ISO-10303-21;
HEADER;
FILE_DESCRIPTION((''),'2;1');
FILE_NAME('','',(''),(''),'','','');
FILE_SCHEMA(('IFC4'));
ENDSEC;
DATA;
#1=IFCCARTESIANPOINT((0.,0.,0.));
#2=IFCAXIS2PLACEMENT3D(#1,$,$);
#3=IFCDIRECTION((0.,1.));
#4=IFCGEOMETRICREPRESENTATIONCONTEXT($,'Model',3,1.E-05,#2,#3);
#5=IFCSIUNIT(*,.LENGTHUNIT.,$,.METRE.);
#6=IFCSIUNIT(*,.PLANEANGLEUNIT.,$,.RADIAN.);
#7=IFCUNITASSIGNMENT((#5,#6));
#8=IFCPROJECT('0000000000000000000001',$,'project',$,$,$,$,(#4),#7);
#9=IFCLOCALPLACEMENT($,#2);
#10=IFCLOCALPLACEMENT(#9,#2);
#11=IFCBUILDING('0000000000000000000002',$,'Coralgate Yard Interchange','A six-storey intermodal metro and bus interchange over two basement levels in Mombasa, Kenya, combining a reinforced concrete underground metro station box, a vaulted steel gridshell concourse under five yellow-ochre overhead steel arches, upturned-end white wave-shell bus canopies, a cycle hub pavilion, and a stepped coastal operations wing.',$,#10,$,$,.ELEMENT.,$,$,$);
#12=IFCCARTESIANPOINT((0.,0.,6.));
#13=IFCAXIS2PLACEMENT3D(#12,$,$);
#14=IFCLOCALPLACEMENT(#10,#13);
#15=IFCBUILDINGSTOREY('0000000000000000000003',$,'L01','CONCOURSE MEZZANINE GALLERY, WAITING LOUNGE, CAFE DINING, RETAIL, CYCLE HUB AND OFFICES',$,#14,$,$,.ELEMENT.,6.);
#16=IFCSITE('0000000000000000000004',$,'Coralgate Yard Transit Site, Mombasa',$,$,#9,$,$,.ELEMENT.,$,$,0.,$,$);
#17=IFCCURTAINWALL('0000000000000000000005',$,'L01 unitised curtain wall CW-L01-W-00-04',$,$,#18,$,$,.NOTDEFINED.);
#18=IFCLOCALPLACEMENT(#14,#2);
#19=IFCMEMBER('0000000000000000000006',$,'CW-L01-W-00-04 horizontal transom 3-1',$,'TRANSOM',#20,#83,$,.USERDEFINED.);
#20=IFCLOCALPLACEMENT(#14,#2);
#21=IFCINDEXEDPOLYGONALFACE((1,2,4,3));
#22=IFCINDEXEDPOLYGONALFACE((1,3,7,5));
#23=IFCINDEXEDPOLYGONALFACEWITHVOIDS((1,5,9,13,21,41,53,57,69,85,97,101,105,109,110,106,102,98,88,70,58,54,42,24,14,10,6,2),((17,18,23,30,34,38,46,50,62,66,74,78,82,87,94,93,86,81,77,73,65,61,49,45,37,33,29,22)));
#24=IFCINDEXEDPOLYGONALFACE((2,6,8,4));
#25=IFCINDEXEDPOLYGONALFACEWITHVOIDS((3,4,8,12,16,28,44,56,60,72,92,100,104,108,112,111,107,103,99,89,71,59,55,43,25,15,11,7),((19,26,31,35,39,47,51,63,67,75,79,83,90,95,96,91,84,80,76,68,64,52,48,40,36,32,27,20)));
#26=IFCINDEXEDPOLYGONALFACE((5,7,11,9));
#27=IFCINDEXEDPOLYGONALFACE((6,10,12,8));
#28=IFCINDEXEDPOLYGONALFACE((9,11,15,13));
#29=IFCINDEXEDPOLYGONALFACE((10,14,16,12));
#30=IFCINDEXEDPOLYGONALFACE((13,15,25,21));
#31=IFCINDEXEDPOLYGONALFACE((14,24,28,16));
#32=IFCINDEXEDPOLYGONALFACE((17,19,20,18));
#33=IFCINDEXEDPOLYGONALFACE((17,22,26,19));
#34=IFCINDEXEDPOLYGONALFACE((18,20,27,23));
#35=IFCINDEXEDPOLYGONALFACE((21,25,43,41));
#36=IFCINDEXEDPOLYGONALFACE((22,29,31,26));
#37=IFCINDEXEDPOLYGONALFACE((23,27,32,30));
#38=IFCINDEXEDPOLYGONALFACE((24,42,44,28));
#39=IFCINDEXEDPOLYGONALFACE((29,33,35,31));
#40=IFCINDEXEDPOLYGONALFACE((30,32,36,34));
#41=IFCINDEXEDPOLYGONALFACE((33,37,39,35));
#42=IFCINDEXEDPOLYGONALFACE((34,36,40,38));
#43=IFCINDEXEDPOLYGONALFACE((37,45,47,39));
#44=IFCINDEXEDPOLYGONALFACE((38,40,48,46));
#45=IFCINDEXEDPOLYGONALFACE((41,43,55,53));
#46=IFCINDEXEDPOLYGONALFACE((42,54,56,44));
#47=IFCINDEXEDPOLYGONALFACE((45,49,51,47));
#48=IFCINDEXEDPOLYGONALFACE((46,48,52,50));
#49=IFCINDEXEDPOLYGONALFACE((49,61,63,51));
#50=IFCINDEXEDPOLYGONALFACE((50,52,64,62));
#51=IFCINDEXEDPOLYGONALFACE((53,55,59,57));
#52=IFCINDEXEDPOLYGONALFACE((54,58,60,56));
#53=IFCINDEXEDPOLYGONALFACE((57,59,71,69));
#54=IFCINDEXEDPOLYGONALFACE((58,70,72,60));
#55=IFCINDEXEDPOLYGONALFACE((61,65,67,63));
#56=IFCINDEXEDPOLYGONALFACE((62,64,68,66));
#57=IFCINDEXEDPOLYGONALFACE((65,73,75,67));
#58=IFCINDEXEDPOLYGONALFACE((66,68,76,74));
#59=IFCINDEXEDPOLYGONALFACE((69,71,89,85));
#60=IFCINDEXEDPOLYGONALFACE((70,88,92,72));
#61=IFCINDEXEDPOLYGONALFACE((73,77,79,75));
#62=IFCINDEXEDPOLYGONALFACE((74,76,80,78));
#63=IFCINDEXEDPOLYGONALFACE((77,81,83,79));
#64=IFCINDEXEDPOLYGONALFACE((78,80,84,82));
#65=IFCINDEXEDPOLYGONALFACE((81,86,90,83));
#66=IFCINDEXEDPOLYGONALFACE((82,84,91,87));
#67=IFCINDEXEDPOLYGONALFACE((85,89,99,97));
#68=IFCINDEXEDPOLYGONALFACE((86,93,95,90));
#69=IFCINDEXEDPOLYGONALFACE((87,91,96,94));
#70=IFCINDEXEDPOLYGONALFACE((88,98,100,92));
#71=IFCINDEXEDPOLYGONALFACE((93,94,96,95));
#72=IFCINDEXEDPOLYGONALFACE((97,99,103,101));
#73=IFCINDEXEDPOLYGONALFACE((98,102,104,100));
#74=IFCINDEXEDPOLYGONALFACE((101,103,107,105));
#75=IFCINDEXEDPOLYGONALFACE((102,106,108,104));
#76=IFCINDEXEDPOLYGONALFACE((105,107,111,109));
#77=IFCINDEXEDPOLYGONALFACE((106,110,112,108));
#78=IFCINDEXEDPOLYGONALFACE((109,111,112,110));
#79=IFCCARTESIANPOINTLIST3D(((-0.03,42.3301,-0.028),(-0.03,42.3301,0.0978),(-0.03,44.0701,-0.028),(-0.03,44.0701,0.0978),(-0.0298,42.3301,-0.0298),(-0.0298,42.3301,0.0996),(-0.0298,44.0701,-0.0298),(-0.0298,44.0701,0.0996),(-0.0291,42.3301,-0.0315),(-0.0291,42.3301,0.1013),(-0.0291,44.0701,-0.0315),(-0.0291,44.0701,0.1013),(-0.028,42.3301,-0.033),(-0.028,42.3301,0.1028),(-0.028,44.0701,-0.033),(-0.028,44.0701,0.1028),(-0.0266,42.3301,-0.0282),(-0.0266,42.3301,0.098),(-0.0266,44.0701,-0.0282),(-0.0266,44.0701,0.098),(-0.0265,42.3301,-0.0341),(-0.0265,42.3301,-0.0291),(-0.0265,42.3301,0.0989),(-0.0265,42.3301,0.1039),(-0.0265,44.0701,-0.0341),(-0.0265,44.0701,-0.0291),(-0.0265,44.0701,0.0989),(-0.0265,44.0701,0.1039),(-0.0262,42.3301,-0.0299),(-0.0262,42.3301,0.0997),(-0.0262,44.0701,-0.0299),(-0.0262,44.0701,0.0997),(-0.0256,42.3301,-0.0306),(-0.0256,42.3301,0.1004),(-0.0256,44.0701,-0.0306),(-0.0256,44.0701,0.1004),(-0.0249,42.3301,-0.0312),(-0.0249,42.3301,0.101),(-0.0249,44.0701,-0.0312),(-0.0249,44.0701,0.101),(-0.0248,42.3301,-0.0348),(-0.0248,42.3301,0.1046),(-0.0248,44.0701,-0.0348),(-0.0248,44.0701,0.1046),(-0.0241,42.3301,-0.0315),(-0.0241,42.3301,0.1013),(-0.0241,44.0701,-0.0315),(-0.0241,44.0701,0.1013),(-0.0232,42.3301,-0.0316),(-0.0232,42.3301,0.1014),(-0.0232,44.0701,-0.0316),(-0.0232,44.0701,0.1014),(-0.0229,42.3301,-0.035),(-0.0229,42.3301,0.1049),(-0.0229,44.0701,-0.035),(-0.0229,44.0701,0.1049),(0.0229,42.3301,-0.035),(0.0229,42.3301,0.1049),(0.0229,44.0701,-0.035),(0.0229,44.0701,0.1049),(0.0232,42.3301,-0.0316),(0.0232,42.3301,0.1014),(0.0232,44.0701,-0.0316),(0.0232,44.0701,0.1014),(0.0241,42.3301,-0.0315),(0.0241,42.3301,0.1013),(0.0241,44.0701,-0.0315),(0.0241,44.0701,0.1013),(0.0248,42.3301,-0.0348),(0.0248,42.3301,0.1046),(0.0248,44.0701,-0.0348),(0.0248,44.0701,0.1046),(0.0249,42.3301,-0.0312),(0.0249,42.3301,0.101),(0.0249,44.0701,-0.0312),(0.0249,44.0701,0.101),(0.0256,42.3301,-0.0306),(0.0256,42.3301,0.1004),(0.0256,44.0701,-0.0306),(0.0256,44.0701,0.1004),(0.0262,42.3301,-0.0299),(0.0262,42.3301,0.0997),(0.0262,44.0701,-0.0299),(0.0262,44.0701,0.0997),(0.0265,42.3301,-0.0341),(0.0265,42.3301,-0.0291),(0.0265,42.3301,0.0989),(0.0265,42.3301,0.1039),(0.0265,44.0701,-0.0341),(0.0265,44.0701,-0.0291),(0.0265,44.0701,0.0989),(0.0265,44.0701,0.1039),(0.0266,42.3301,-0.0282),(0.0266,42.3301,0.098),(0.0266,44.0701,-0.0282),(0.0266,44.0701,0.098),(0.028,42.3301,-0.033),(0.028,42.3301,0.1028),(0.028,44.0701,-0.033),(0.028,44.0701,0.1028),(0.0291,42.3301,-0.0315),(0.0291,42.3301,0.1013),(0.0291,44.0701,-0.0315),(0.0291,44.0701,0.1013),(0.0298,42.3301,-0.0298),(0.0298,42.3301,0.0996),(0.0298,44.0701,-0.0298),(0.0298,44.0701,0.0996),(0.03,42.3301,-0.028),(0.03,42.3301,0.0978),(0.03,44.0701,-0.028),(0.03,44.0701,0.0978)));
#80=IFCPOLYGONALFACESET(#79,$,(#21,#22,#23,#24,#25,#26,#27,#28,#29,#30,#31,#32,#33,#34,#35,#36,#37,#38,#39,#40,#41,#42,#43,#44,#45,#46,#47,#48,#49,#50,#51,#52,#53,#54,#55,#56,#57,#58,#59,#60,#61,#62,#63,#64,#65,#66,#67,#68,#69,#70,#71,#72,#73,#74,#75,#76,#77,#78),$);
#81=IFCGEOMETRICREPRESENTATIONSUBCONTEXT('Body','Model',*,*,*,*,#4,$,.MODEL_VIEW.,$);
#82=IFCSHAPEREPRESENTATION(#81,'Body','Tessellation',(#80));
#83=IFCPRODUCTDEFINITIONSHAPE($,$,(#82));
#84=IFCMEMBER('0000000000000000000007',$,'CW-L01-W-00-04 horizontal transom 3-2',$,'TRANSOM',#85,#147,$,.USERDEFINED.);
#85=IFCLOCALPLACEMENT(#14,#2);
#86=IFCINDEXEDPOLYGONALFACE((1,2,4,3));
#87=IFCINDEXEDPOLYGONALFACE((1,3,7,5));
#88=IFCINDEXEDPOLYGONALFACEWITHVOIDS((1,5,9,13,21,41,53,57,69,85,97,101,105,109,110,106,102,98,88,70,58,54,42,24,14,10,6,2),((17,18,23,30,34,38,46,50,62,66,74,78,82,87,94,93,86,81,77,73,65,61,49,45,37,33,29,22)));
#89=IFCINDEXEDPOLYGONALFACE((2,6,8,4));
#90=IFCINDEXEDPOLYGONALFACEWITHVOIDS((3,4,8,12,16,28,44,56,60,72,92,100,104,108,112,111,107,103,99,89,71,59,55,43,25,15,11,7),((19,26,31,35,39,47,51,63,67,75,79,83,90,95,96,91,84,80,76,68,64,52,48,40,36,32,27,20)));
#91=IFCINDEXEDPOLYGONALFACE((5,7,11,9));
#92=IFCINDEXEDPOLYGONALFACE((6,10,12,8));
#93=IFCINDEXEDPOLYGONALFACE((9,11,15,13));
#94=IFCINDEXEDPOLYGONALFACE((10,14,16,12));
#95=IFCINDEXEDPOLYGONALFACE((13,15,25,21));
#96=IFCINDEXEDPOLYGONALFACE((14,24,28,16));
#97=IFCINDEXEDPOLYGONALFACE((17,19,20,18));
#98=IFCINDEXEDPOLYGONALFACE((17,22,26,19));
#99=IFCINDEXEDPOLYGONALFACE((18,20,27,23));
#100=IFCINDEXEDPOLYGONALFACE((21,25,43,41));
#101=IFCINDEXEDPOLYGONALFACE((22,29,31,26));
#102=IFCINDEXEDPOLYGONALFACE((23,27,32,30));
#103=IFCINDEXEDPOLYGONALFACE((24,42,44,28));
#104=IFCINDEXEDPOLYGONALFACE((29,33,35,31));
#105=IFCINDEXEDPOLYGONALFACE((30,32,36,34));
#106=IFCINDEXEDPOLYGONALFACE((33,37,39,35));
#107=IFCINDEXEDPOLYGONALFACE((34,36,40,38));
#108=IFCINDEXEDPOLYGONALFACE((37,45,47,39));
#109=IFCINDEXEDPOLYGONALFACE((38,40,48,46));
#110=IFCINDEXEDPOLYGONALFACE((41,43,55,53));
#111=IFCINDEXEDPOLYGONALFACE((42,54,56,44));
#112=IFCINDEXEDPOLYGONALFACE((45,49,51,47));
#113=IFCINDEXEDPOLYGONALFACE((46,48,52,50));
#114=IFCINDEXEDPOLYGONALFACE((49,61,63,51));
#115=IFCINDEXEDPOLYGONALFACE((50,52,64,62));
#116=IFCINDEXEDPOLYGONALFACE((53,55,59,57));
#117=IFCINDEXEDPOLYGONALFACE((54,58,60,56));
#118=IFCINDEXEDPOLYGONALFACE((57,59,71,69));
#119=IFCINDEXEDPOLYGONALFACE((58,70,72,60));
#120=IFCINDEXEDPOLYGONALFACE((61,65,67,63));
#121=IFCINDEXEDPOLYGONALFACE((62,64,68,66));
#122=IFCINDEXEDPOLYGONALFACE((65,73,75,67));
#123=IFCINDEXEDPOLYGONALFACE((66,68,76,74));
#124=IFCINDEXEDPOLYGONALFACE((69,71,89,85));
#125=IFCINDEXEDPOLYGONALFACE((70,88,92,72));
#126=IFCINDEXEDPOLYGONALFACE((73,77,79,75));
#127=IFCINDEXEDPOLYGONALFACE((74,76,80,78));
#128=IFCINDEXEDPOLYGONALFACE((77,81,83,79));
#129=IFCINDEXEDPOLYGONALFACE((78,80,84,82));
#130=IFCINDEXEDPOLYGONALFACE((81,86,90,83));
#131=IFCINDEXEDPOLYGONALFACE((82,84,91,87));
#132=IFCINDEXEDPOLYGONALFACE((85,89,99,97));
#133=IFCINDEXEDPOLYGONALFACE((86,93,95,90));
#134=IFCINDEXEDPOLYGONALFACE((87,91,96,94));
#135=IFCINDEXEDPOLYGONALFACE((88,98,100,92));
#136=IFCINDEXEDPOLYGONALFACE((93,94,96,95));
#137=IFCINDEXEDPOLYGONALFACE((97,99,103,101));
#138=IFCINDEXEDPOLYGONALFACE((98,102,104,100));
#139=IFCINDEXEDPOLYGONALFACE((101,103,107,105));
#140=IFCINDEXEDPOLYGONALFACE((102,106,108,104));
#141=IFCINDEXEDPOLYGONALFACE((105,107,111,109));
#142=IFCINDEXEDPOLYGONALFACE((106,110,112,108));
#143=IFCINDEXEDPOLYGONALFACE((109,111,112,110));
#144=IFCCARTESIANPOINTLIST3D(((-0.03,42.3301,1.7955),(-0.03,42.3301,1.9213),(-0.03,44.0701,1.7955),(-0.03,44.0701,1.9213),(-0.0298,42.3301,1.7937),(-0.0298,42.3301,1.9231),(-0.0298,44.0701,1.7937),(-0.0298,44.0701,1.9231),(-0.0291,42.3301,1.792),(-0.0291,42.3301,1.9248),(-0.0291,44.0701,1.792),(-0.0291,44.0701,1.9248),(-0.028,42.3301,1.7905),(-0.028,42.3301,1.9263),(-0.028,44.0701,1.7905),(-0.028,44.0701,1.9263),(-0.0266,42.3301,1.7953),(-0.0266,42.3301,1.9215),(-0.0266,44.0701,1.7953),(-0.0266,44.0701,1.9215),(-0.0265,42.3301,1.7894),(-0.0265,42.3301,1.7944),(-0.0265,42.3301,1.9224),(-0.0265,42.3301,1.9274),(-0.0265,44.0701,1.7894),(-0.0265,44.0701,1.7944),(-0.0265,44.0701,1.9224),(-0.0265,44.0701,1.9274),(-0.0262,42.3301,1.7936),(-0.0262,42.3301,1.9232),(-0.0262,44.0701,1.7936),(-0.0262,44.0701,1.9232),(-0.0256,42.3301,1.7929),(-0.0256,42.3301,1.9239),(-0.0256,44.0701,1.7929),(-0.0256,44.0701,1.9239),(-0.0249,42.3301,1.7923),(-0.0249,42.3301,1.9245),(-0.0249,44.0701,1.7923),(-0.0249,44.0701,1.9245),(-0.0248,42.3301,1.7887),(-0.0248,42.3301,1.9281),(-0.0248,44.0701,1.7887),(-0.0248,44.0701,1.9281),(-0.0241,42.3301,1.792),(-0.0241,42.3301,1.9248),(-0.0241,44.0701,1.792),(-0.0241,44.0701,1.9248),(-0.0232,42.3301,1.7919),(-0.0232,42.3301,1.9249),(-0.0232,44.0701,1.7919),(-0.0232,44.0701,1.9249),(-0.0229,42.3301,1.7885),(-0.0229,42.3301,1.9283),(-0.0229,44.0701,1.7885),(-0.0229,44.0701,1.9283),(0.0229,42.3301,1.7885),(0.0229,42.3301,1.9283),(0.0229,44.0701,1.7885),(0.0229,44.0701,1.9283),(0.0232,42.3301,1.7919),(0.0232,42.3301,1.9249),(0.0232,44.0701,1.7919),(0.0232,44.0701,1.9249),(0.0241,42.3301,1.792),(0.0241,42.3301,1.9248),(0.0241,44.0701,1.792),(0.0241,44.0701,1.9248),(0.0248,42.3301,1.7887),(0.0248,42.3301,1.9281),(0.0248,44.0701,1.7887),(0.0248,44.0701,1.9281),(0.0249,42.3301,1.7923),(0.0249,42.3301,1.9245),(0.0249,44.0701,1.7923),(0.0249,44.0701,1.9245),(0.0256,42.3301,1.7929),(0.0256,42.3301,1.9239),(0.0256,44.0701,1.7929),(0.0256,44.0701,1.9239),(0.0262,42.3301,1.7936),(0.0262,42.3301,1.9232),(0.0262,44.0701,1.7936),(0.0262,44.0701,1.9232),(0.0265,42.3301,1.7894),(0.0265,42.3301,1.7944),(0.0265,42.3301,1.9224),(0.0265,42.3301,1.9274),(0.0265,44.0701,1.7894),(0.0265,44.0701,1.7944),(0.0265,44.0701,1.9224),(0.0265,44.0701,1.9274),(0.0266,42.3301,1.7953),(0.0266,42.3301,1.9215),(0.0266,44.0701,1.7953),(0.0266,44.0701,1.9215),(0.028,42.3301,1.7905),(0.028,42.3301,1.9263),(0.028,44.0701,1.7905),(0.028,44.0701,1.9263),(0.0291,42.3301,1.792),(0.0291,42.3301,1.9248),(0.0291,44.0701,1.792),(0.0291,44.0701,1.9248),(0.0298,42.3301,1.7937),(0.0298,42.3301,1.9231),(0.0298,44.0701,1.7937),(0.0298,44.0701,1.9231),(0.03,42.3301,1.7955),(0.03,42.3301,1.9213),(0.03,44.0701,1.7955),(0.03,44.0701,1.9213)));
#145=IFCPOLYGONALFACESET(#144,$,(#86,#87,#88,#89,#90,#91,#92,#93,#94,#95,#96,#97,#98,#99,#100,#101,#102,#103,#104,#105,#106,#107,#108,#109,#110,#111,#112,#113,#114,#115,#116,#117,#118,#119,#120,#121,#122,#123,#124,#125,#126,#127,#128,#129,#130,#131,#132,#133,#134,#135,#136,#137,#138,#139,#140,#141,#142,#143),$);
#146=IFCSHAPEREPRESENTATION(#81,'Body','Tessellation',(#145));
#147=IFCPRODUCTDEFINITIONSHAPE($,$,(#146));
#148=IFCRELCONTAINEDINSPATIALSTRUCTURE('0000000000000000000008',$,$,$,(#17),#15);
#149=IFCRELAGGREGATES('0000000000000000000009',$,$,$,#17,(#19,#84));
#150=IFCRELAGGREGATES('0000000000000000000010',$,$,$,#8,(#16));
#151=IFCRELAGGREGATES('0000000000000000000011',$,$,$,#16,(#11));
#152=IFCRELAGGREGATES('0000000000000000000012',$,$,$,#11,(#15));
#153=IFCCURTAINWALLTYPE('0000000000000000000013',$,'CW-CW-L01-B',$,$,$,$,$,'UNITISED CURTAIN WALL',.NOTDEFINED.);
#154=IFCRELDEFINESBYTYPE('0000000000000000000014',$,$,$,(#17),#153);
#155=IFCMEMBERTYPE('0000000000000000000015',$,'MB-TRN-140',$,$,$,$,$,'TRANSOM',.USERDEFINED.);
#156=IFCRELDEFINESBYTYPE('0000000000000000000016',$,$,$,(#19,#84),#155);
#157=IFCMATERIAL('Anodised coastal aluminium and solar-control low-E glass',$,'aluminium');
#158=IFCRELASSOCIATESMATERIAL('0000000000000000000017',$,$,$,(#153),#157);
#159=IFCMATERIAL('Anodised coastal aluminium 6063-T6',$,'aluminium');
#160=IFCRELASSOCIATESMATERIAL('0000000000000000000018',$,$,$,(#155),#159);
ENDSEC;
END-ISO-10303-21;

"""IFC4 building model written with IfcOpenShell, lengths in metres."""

from ifc_helpers import new_model, si_unit, direction, frame, origin, origin_2d, place, context, subcontext, project, spatial, hollow_rectangle, extrude, material, material_profile, profile_set, type_object, element, aggregate, save


model = new_model("IFC4")

# Units and contexts
model_context = context("Model", 3, precision=1e-05, world=origin(), true_north=direction((0.0, 1.0)))
body_context = subcontext(model_context, "Body", "Model", "MODEL_VIEW")
ifc_project = project(units=[si_unit("LENGTHUNIT", "METRE"), si_unit("PLANEANGLEUNIT", "RADIAN")], contexts=[model_context])

# Site, building, storey
site_placement = place(None, origin())
site = spatial("IfcSite", under=ifc_project, at=site_placement, Name="Coralgate Yard Transit Site, Mombasa", CompositionType="ELEMENT", RefElevation=0.0)
building_placement = place(site_placement, origin())
building = spatial("IfcBuilding", under=site, at=building_placement, Name="Coralgate Yard Interchange", Description="A six-storey intermodal metro and bus interchange over two basement levels in Mombasa, Kenya, combining a reinforced concrete underground metro station box, a vaulted steel gridshell concourse under five yellow-ochre overhead steel arches, upturned-end white wave-shell bus canopies, a cycle hub pavilion, and a stepped coastal operations wing.", CompositionType="ELEMENT")
storey_placement = place(building_placement, frame((0.0, 0.0, 6.0)))
storey = spatial("IfcBuildingStorey", under=building, at=storey_placement, Name="L01", Description="CONCOURSE MEZZANINE GALLERY, WAITING LOUNGE, CAFE DINING, RETAIL, CYCLE HUB AND OFFICES", CompositionType="ELEMENT", Elevation=6.0)

# Curtain wall, members
ifc_material_1 = material(Name="Anodised coastal aluminium and solar-control low-E glass", Category="aluminium")
curtain_wall_type = type_object("IfcCurtainWallType", Name="CW-CW-L01-B", ElementType="UNITISED CURTAIN WALL", PredefinedType="NOTDEFINED", material=ifc_material_1)
curtain_wall_placement = place(storey_placement, origin())
curtain_wall = element("IfcCurtainWall", 1, at=curtain_wall_placement, inside=storey, type_object=curtain_wall_type, Name="L01 unitised curtain wall CW-L01-W-00-04", PredefinedType="NOTDEFINED")
ifc_material_2 = material(Name="Anodised coastal aluminium 6063-T6", Category="aluminium")
ifc_material_profile_1 = material_profile(ifc_material_2, hollow_rectangle(XDim=0.0601, YDim=0.1399, WallThickness=0.0034, InnerFilletRadius=0.0034, OuterFilletRadius=0.0071, at=origin_2d()), Name="ALU 60x140x3.5")
ifc_profile_set_1 = profile_set([ifc_material_profile_1], Name="Anodised coastal aluminium 6063-T6")
member_type_1 = type_object("IfcMemberType", Name="MB-TRN-140", ElementType="TRANSOM", PredefinedType="USERDEFINED", material=ifc_profile_set_1)
member_1_placement = place(storey_placement, frame((0.0, 42.3301, 0.0349), z_axis=(0.0, 1.0, 0.0), x_axis=(-1.0, 0.0, 0.0)))
member_1 = element("IfcMember", 2, at=member_1_placement, type_object=member_type_1, Name="CW-L01-W-00-04 horizontal transom 3-1", ObjectType="TRANSOM", PredefinedType="USERDEFINED", context=body_context, shape_type="SweptSolid", body=[
    extrude(hollow_rectangle(XDim=0.0601, YDim=0.1399, WallThickness=0.0034, InnerFilletRadius=0.0034, OuterFilletRadius=0.0071, at=origin_2d()), origin(), (0.0, 0.0, 1.0), 1.74),
])
member_2_placement = place(storey_placement, frame((0.0, 42.3301, 1.8584), z_axis=(0.0, 1.0, 0.0), x_axis=(-1.0, 0.0, 0.0)))
member_2 = element("IfcMember", 3, at=member_2_placement, type_object=member_type_1, Name="CW-L01-W-00-04 horizontal transom 3-2", ObjectType="TRANSOM", PredefinedType="USERDEFINED", context=body_context, shape_type="SweptSolid", body=[
    extrude(hollow_rectangle(XDim=0.0601, YDim=0.1399, WallThickness=0.0034, InnerFilletRadius=0.0034, OuterFilletRadius=0.0071, at=origin_2d()), origin(), (0.0, 0.0, 1.0), 1.74),
])
aggregate(curtain_wall, [member_1, member_2])

save(model, "model.ifc")
